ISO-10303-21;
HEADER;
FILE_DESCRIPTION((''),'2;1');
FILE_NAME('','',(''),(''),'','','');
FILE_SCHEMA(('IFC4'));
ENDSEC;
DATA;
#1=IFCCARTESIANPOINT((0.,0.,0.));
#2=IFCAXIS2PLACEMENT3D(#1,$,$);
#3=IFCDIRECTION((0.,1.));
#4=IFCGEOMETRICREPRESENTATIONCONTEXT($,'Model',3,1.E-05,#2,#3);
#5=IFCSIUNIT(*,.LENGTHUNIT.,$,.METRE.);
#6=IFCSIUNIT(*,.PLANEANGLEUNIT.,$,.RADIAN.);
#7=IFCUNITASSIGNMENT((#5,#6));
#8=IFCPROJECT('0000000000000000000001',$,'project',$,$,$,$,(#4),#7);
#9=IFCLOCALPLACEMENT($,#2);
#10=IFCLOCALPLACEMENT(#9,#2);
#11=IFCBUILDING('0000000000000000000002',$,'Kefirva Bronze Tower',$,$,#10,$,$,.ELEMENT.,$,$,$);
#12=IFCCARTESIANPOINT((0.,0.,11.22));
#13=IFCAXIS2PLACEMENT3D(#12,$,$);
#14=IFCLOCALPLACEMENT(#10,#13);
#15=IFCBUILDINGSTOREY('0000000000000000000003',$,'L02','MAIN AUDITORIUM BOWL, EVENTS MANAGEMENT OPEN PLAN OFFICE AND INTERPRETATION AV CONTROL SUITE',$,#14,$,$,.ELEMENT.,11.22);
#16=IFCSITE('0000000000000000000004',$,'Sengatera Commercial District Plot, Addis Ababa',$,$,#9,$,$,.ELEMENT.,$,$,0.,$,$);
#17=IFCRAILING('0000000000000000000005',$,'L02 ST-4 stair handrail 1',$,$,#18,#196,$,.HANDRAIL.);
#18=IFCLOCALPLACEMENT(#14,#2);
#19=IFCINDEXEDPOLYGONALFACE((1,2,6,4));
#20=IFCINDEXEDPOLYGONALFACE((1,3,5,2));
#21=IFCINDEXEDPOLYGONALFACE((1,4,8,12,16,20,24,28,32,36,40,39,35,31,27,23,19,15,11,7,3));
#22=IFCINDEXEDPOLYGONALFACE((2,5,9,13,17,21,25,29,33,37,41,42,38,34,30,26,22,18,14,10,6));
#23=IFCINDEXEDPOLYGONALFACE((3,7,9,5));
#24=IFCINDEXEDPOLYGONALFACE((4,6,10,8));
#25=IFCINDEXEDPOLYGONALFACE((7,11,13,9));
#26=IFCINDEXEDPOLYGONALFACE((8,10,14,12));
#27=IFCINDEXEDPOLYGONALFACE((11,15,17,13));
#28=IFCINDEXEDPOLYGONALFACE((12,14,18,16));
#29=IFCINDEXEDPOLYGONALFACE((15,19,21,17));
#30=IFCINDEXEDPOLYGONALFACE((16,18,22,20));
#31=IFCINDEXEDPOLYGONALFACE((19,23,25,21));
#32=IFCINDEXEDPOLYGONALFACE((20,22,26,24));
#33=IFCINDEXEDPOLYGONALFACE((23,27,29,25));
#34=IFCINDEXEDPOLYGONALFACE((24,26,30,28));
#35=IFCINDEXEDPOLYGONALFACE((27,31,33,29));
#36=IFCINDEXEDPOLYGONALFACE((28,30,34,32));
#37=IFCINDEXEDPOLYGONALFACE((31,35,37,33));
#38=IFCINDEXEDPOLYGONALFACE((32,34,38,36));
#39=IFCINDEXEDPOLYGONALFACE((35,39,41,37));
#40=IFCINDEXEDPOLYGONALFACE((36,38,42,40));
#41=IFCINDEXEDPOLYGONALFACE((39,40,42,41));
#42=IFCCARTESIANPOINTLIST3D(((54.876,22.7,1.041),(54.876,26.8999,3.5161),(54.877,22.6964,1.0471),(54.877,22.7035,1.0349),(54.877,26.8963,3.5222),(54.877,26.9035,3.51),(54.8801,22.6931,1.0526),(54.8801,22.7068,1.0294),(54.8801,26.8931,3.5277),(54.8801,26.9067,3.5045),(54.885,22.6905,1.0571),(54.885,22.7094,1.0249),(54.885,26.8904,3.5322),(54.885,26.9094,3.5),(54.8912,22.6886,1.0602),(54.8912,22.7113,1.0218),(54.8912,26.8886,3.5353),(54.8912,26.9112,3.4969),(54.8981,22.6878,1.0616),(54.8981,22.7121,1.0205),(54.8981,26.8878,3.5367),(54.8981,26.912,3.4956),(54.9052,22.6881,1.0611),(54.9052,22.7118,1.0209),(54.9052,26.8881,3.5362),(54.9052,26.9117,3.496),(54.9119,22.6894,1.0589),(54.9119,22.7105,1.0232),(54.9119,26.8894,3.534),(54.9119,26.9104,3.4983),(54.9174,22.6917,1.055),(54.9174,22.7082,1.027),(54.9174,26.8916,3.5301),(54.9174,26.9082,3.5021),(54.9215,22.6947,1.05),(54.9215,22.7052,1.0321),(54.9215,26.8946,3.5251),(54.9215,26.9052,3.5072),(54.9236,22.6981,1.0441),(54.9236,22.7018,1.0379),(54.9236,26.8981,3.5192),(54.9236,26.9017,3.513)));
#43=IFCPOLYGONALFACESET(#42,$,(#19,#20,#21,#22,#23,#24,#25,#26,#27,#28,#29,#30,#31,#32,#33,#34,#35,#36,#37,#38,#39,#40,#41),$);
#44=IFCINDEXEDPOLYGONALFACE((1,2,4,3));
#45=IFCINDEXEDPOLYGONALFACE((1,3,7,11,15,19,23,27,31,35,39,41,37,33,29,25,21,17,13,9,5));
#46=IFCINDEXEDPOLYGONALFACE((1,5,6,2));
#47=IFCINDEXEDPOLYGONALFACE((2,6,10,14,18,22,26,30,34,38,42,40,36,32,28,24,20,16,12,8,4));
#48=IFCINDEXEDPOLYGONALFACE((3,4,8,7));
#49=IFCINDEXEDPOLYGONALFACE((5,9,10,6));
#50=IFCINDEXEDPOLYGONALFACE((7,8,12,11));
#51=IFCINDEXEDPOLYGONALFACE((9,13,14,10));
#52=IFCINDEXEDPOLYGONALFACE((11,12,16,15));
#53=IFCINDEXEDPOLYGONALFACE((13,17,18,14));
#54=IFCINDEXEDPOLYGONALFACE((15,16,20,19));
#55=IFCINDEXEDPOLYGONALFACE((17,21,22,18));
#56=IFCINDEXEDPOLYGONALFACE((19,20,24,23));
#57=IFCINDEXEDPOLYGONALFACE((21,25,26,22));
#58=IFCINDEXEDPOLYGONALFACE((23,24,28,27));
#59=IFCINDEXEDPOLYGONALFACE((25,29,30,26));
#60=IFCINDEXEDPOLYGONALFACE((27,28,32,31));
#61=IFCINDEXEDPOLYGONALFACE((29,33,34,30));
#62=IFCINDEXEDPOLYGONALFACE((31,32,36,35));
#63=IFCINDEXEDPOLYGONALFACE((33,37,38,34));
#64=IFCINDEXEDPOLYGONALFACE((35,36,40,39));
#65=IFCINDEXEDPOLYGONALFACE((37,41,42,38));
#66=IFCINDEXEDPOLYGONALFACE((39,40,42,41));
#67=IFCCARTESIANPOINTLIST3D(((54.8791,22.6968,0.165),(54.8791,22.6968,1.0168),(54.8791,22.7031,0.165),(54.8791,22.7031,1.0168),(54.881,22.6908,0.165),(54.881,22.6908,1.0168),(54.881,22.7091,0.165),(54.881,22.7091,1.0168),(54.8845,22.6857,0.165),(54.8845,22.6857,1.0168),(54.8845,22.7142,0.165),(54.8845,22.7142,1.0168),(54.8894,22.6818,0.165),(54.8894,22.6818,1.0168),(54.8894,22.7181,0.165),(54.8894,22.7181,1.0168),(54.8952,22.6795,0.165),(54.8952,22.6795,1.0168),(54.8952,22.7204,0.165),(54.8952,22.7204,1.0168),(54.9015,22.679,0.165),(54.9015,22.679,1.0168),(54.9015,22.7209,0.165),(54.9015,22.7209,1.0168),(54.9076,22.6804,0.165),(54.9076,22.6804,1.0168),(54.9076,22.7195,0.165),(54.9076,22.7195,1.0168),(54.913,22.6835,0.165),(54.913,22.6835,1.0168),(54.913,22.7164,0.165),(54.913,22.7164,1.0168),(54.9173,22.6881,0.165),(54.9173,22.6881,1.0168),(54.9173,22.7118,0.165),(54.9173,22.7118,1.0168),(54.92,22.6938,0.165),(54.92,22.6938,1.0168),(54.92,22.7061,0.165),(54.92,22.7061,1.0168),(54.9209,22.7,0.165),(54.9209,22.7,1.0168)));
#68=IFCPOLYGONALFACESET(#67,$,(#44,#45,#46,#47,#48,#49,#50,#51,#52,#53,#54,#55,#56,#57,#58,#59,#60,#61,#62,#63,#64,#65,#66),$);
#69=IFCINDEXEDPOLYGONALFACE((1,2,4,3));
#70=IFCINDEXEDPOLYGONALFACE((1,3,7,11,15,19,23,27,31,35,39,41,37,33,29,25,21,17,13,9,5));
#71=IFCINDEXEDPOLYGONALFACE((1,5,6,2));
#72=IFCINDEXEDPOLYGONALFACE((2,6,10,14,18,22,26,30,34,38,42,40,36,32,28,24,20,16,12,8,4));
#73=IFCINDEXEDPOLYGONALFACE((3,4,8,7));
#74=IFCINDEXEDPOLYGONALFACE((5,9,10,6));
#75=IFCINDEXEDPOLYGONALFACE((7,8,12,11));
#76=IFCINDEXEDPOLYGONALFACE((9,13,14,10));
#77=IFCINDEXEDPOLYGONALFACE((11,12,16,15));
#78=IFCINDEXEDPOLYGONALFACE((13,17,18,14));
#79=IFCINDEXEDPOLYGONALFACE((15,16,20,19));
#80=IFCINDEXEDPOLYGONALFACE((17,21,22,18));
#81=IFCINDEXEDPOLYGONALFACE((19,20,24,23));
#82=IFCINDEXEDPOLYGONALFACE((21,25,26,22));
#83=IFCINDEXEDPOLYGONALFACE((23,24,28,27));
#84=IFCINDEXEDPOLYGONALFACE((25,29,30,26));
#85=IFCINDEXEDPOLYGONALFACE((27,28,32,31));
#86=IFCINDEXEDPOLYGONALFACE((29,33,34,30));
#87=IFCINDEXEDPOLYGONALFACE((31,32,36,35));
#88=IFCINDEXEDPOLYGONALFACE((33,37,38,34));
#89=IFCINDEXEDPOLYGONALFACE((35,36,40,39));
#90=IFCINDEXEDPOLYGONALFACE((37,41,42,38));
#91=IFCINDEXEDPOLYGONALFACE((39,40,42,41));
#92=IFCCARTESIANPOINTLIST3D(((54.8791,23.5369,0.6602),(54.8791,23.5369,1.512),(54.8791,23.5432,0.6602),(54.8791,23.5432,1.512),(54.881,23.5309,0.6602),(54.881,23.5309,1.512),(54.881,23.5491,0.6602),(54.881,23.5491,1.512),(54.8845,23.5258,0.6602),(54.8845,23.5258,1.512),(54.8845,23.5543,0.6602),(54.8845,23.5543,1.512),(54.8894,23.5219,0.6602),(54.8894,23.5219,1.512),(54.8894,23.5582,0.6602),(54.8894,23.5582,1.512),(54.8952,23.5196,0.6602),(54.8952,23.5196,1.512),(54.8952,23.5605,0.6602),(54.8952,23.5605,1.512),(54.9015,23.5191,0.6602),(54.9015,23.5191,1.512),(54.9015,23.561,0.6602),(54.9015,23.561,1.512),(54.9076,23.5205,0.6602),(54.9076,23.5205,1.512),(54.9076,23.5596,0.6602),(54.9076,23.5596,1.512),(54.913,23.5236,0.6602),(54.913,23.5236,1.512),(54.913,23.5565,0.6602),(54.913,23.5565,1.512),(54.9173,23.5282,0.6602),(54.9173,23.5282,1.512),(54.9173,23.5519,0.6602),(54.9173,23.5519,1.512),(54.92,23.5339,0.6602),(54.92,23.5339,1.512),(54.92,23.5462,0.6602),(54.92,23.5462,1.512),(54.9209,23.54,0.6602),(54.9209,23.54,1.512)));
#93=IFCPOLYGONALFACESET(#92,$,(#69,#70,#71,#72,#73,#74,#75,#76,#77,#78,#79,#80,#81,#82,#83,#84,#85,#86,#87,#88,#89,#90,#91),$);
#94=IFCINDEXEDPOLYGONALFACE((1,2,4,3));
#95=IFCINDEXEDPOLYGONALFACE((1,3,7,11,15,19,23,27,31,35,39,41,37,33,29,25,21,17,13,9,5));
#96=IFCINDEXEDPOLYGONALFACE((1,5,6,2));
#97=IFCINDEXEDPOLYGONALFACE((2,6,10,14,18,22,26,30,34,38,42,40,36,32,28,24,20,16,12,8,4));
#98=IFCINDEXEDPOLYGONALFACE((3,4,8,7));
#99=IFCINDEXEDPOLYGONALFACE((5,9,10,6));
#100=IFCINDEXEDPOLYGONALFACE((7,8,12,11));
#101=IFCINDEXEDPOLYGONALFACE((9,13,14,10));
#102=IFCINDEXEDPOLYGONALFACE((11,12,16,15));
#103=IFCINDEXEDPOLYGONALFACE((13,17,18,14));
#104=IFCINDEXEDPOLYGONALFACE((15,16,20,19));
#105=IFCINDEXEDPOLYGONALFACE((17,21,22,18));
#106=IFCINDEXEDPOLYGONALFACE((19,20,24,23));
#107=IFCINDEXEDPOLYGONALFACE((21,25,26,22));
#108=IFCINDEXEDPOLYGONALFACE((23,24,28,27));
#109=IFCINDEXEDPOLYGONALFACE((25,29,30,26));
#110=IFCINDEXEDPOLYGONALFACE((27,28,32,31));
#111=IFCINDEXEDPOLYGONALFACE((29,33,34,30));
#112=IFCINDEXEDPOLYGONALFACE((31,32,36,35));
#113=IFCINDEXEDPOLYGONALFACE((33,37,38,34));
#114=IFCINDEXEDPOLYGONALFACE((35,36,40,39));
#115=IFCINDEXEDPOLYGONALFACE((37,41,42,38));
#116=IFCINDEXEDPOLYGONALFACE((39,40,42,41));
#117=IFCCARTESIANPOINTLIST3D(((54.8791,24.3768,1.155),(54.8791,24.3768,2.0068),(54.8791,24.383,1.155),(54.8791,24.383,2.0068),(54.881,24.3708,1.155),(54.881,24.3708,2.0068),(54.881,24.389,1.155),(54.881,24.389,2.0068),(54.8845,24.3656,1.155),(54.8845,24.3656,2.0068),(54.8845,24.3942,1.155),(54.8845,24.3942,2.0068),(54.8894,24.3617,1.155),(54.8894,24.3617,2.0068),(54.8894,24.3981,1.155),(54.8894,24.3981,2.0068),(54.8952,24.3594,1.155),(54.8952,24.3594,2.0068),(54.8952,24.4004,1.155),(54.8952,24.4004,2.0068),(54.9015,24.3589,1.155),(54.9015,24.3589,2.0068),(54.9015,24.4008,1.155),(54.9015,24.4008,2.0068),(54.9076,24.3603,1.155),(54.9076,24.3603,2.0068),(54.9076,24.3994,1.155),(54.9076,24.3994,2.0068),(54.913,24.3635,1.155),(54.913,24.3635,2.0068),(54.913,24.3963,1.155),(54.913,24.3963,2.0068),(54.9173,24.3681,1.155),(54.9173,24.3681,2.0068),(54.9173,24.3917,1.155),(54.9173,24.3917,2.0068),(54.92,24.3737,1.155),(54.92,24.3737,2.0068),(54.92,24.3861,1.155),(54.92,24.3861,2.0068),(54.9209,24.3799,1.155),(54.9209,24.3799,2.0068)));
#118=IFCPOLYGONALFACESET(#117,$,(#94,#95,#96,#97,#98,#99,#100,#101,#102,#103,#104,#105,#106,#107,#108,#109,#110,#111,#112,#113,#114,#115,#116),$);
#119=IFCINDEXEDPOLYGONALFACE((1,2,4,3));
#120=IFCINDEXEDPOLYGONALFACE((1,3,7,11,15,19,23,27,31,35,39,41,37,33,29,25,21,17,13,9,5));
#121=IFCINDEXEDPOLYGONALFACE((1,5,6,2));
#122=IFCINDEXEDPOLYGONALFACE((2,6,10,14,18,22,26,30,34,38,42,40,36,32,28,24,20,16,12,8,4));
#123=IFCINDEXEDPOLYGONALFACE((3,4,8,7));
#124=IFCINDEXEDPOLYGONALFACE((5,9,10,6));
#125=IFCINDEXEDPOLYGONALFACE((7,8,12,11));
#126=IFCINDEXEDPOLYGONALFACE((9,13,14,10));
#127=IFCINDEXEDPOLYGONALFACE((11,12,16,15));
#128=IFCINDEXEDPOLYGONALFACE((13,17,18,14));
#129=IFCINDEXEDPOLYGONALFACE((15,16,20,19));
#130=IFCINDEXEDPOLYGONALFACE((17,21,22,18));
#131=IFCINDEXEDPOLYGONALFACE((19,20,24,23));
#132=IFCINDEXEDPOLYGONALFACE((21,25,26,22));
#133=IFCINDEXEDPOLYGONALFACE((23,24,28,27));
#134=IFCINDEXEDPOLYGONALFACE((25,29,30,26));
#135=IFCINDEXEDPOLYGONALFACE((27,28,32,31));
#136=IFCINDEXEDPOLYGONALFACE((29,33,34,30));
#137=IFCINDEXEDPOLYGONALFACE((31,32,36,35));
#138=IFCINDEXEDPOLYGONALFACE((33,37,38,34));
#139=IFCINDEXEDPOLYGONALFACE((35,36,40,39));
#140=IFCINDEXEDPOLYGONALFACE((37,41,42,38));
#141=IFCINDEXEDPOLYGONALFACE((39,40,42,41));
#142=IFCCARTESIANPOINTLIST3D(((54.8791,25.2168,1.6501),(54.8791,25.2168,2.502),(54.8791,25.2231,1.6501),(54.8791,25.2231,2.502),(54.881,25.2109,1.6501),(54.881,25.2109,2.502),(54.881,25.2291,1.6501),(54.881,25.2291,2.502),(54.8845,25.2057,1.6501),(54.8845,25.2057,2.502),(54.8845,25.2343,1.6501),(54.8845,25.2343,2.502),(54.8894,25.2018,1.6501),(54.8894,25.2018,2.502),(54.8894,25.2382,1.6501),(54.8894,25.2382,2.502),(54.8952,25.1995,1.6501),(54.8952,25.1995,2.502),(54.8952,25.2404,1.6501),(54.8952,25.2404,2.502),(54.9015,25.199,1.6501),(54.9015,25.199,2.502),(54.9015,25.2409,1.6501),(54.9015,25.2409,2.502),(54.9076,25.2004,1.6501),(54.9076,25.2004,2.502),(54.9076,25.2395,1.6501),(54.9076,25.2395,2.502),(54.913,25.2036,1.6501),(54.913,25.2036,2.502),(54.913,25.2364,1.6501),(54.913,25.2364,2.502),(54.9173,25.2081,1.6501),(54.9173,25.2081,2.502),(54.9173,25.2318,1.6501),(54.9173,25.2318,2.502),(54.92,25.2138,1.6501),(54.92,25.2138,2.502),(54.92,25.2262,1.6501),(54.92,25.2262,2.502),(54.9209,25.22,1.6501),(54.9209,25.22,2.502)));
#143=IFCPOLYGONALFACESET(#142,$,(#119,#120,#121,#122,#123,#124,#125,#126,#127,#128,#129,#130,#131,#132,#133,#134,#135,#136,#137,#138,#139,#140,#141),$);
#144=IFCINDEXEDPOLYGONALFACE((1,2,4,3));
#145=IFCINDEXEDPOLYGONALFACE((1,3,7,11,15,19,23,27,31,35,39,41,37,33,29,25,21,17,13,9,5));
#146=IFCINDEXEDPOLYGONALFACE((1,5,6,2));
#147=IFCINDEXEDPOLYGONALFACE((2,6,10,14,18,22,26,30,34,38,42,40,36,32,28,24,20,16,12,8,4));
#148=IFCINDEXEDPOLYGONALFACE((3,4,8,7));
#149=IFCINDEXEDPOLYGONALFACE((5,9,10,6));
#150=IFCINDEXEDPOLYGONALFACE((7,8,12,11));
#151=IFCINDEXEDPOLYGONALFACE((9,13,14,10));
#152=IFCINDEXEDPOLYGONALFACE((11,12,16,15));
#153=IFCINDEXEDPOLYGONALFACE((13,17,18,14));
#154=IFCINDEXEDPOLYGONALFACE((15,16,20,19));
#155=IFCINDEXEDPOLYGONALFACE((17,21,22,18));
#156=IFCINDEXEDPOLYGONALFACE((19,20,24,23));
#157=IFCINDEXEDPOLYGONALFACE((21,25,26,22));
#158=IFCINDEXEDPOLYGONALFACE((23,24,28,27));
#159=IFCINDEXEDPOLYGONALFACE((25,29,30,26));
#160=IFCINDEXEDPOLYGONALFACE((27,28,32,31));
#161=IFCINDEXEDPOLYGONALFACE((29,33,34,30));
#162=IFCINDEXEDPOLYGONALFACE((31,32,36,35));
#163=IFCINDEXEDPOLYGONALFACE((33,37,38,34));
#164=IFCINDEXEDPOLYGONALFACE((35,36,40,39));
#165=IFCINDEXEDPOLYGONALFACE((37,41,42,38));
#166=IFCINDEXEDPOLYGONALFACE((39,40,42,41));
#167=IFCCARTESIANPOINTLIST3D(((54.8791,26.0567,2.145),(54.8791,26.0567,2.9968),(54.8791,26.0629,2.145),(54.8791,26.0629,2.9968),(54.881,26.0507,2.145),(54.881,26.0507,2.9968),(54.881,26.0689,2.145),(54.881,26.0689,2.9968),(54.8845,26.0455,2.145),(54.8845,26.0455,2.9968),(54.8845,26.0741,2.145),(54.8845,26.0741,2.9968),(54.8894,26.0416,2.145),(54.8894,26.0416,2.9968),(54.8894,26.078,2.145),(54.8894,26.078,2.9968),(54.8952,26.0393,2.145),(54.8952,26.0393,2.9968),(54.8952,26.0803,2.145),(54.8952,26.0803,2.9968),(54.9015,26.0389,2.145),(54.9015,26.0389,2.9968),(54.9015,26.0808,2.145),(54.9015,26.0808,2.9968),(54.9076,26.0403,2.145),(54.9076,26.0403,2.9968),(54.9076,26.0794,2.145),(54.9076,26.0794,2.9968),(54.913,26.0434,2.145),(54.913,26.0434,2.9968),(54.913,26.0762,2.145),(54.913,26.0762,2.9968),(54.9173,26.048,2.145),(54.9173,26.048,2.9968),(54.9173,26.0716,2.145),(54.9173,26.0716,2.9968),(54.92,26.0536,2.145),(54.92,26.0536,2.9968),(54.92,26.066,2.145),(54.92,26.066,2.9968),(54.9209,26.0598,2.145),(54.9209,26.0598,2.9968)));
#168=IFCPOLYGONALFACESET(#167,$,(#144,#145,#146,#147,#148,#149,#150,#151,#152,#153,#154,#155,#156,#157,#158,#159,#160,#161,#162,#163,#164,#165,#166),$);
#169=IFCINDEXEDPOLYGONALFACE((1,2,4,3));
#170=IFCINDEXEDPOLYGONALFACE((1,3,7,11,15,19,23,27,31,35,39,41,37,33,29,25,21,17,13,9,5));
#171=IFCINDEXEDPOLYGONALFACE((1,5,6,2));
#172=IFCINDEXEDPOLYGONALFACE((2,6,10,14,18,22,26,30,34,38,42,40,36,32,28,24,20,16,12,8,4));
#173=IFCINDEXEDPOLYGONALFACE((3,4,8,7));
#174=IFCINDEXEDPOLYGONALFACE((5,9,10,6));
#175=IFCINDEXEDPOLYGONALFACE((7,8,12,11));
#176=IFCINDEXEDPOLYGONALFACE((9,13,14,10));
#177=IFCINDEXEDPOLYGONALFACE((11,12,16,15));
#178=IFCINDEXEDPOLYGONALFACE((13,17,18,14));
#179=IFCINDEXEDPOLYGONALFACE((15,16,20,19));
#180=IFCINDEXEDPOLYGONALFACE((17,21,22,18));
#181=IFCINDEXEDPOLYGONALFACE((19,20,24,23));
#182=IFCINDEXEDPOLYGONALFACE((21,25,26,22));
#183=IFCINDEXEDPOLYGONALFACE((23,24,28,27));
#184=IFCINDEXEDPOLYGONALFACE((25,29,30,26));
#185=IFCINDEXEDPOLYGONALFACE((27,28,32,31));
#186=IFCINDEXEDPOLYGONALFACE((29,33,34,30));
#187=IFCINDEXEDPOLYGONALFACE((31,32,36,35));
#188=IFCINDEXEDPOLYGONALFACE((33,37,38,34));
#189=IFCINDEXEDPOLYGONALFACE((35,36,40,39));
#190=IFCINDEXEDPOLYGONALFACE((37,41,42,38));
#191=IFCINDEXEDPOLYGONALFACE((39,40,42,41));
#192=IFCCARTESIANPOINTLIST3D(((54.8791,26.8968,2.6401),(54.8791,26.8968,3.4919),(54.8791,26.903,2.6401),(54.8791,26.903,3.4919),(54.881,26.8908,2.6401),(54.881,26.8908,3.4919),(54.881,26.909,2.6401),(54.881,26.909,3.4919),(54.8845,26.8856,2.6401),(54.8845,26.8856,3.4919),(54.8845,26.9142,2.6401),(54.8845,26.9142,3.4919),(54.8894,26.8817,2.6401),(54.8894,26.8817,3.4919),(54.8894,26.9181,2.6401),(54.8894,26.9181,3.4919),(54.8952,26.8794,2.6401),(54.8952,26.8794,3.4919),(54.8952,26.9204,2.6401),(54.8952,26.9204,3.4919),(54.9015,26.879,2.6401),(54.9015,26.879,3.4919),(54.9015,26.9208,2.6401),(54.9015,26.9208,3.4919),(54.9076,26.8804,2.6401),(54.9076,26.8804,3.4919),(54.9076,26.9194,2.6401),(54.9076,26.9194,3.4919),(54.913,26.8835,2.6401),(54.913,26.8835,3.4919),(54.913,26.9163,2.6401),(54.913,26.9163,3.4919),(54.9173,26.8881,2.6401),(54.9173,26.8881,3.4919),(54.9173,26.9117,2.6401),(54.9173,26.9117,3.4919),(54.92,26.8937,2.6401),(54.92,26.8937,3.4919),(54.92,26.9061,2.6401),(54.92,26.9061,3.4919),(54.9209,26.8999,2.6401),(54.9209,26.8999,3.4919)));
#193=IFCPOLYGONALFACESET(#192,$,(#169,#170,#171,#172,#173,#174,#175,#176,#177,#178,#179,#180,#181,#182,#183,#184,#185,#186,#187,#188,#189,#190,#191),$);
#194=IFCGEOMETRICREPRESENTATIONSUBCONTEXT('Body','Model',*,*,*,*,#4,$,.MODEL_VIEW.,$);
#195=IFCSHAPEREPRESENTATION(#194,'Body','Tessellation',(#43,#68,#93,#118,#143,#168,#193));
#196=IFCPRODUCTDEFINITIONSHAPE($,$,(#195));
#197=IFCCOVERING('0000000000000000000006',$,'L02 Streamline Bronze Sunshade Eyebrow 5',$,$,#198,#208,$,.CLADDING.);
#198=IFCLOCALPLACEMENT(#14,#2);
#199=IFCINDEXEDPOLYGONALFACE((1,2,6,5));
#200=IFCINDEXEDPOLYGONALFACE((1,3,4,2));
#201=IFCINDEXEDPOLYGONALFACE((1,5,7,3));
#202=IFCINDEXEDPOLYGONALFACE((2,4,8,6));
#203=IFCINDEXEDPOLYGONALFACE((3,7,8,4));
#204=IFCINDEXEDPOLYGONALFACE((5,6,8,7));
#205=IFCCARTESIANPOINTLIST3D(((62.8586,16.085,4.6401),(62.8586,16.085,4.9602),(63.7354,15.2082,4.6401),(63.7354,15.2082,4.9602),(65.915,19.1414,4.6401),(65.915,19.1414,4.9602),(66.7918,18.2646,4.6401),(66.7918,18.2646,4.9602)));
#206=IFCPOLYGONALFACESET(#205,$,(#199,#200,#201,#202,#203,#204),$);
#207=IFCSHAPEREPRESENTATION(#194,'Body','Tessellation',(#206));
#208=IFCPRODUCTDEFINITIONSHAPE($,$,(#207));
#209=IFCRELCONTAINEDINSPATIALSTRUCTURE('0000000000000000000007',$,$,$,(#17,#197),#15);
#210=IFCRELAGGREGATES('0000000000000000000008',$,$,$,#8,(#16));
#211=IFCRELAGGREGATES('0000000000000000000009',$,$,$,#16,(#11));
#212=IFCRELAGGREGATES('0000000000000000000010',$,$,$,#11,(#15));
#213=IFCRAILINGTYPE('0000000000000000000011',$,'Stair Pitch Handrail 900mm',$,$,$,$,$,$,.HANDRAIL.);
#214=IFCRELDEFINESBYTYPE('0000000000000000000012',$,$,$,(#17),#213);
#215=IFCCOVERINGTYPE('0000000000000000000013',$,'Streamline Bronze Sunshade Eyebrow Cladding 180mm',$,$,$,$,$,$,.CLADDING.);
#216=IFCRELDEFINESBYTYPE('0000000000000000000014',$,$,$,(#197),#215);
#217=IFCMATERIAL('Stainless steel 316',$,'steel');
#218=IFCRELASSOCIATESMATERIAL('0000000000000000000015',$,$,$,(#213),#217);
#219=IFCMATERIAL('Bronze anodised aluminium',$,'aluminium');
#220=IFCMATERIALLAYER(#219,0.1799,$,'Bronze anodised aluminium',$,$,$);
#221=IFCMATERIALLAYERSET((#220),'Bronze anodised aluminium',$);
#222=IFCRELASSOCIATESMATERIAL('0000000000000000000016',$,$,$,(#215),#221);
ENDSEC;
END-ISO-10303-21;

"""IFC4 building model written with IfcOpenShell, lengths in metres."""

from ifc_helpers import new_model, si_unit, direction, frame, origin, origin_2d, place, context, subcontext, project, spatial, rectangle, circle, extrude, material, layer, layer_set, type_object, element, save


model = new_model("IFC4")

# Units and contexts
model_context = context("Model", 3, precision=1e-05, world=origin(), true_north=direction((0.0, 1.0)))
body_context = subcontext(model_context, "Body", "Model", "MODEL_VIEW")
ifc_project = project(units=[si_unit("LENGTHUNIT", "METRE"), si_unit("PLANEANGLEUNIT", "RADIAN")], contexts=[model_context])

# Site, building, storey
site_placement = place(None, origin())
site = spatial("IfcSite", under=ifc_project, at=site_placement, Name="Sengatera Commercial District Plot, Addis Ababa", CompositionType="ELEMENT", RefElevation=0.0)
building_placement = place(site_placement, origin())
building = spatial("IfcBuilding", under=site, at=building_placement, Name="Kefirva Bronze Tower", CompositionType="ELEMENT")
storey_placement = place(building_placement, frame((0.0, 0.0, 11.22)))
storey = spatial("IfcBuildingStorey", under=building, at=storey_placement, Name="L02", Description="MAIN AUDITORIUM BOWL, EVENTS MANAGEMENT OPEN PLAN OFFICE AND INTERPRETATION AV CONTROL SUITE", CompositionType="ELEMENT", Elevation=11.22)

# Shared definitions
ifc_material_1 = material(Name="Bronze anodised aluminium", Category="aluminium")

# Railing
ifc_material_2 = material(Name="Stainless steel 316", Category="steel")
railing_type_1 = type_object("IfcRailingType", Name="Stair Pitch Handrail 900mm", PredefinedType="HANDRAIL", material=ifc_material_2)
railing_1_placement = place(storey_placement, frame((54.8999, 22.7, 0.165)))
element("IfcRailing", 1, at=railing_1_placement, inside=storey, type_object=railing_type_1, Name="L02 ST-4 stair handrail 1", PredefinedType="HANDRAIL", context=body_context, shape_type="SweptSolid", body=[
    extrude(circle(Radius=0.0239, at=origin_2d()), frame((0.0, 0.0, 0.876), z_axis=(0.0, 0.861527, 0.507712), x_axis=(-1.0, 0.0, 0.0)), (0.0, 0.0, 1.0), 4.875),
    extrude(circle(Radius=0.021, at=origin_2d()), origin(), (0.0, 0.0, 1.0), 0.8518),
    extrude(circle(Radius=0.021, at=origin_2d()), frame((0.0, 0.8401, 0.4951)), (0.0, 0.0, 1.0), 0.8518),
    extrude(circle(Radius=0.021, at=origin_2d()), frame((0.0, 1.6799, 0.99)), (0.0, 0.0, 1.0), 0.8518),
    extrude(circle(Radius=0.021, at=origin_2d()), frame((0.0, 2.52, 1.4851)), (0.0, 0.0, 1.0), 0.8518),
    extrude(circle(Radius=0.021, at=origin_2d()), frame((0.0, 3.3599, 1.98)), (0.0, 0.0, 1.0), 0.8518),
    extrude(circle(Radius=0.021, at=origin_2d()), frame((0.0, 4.2, 2.4751)), (0.0, 0.0, 1.0), 0.8518),
])

# Covering
ifc_layer_1 = layer(ifc_material_1, 0.1799, Name="Bronze anodised aluminium")
ifc_layer_set_1 = layer_set([ifc_layer_1], Name="Bronze anodised aluminium")
covering_type_1 = type_object("IfcCoveringType", Name="Streamline Bronze Sunshade Eyebrow Cladding 180mm", PredefinedType="CLADDING", material=ifc_layer_set_1)
covering_1_placement = place(storey_placement, frame((64.8252, 17.1748, 4.6401), z_axis=(0.0, 0.0, 1.0), x_axis=(0.707107, 0.707107, 0.0)))
element("IfcCovering", 2, at=covering_1_placement, inside=storey, type_object=covering_type_1, Name="L02 Streamline Bronze Sunshade Eyebrow 5", PredefinedType="CLADDING", context=body_context, shape_type="SweptSolid", body=[
    extrude(rectangle(XDim=4.3225, YDim=1.24, at=origin_2d()), origin(), (0.0, 0.0, 1.0), 0.3201),
])

save(model, "model.ifc")
